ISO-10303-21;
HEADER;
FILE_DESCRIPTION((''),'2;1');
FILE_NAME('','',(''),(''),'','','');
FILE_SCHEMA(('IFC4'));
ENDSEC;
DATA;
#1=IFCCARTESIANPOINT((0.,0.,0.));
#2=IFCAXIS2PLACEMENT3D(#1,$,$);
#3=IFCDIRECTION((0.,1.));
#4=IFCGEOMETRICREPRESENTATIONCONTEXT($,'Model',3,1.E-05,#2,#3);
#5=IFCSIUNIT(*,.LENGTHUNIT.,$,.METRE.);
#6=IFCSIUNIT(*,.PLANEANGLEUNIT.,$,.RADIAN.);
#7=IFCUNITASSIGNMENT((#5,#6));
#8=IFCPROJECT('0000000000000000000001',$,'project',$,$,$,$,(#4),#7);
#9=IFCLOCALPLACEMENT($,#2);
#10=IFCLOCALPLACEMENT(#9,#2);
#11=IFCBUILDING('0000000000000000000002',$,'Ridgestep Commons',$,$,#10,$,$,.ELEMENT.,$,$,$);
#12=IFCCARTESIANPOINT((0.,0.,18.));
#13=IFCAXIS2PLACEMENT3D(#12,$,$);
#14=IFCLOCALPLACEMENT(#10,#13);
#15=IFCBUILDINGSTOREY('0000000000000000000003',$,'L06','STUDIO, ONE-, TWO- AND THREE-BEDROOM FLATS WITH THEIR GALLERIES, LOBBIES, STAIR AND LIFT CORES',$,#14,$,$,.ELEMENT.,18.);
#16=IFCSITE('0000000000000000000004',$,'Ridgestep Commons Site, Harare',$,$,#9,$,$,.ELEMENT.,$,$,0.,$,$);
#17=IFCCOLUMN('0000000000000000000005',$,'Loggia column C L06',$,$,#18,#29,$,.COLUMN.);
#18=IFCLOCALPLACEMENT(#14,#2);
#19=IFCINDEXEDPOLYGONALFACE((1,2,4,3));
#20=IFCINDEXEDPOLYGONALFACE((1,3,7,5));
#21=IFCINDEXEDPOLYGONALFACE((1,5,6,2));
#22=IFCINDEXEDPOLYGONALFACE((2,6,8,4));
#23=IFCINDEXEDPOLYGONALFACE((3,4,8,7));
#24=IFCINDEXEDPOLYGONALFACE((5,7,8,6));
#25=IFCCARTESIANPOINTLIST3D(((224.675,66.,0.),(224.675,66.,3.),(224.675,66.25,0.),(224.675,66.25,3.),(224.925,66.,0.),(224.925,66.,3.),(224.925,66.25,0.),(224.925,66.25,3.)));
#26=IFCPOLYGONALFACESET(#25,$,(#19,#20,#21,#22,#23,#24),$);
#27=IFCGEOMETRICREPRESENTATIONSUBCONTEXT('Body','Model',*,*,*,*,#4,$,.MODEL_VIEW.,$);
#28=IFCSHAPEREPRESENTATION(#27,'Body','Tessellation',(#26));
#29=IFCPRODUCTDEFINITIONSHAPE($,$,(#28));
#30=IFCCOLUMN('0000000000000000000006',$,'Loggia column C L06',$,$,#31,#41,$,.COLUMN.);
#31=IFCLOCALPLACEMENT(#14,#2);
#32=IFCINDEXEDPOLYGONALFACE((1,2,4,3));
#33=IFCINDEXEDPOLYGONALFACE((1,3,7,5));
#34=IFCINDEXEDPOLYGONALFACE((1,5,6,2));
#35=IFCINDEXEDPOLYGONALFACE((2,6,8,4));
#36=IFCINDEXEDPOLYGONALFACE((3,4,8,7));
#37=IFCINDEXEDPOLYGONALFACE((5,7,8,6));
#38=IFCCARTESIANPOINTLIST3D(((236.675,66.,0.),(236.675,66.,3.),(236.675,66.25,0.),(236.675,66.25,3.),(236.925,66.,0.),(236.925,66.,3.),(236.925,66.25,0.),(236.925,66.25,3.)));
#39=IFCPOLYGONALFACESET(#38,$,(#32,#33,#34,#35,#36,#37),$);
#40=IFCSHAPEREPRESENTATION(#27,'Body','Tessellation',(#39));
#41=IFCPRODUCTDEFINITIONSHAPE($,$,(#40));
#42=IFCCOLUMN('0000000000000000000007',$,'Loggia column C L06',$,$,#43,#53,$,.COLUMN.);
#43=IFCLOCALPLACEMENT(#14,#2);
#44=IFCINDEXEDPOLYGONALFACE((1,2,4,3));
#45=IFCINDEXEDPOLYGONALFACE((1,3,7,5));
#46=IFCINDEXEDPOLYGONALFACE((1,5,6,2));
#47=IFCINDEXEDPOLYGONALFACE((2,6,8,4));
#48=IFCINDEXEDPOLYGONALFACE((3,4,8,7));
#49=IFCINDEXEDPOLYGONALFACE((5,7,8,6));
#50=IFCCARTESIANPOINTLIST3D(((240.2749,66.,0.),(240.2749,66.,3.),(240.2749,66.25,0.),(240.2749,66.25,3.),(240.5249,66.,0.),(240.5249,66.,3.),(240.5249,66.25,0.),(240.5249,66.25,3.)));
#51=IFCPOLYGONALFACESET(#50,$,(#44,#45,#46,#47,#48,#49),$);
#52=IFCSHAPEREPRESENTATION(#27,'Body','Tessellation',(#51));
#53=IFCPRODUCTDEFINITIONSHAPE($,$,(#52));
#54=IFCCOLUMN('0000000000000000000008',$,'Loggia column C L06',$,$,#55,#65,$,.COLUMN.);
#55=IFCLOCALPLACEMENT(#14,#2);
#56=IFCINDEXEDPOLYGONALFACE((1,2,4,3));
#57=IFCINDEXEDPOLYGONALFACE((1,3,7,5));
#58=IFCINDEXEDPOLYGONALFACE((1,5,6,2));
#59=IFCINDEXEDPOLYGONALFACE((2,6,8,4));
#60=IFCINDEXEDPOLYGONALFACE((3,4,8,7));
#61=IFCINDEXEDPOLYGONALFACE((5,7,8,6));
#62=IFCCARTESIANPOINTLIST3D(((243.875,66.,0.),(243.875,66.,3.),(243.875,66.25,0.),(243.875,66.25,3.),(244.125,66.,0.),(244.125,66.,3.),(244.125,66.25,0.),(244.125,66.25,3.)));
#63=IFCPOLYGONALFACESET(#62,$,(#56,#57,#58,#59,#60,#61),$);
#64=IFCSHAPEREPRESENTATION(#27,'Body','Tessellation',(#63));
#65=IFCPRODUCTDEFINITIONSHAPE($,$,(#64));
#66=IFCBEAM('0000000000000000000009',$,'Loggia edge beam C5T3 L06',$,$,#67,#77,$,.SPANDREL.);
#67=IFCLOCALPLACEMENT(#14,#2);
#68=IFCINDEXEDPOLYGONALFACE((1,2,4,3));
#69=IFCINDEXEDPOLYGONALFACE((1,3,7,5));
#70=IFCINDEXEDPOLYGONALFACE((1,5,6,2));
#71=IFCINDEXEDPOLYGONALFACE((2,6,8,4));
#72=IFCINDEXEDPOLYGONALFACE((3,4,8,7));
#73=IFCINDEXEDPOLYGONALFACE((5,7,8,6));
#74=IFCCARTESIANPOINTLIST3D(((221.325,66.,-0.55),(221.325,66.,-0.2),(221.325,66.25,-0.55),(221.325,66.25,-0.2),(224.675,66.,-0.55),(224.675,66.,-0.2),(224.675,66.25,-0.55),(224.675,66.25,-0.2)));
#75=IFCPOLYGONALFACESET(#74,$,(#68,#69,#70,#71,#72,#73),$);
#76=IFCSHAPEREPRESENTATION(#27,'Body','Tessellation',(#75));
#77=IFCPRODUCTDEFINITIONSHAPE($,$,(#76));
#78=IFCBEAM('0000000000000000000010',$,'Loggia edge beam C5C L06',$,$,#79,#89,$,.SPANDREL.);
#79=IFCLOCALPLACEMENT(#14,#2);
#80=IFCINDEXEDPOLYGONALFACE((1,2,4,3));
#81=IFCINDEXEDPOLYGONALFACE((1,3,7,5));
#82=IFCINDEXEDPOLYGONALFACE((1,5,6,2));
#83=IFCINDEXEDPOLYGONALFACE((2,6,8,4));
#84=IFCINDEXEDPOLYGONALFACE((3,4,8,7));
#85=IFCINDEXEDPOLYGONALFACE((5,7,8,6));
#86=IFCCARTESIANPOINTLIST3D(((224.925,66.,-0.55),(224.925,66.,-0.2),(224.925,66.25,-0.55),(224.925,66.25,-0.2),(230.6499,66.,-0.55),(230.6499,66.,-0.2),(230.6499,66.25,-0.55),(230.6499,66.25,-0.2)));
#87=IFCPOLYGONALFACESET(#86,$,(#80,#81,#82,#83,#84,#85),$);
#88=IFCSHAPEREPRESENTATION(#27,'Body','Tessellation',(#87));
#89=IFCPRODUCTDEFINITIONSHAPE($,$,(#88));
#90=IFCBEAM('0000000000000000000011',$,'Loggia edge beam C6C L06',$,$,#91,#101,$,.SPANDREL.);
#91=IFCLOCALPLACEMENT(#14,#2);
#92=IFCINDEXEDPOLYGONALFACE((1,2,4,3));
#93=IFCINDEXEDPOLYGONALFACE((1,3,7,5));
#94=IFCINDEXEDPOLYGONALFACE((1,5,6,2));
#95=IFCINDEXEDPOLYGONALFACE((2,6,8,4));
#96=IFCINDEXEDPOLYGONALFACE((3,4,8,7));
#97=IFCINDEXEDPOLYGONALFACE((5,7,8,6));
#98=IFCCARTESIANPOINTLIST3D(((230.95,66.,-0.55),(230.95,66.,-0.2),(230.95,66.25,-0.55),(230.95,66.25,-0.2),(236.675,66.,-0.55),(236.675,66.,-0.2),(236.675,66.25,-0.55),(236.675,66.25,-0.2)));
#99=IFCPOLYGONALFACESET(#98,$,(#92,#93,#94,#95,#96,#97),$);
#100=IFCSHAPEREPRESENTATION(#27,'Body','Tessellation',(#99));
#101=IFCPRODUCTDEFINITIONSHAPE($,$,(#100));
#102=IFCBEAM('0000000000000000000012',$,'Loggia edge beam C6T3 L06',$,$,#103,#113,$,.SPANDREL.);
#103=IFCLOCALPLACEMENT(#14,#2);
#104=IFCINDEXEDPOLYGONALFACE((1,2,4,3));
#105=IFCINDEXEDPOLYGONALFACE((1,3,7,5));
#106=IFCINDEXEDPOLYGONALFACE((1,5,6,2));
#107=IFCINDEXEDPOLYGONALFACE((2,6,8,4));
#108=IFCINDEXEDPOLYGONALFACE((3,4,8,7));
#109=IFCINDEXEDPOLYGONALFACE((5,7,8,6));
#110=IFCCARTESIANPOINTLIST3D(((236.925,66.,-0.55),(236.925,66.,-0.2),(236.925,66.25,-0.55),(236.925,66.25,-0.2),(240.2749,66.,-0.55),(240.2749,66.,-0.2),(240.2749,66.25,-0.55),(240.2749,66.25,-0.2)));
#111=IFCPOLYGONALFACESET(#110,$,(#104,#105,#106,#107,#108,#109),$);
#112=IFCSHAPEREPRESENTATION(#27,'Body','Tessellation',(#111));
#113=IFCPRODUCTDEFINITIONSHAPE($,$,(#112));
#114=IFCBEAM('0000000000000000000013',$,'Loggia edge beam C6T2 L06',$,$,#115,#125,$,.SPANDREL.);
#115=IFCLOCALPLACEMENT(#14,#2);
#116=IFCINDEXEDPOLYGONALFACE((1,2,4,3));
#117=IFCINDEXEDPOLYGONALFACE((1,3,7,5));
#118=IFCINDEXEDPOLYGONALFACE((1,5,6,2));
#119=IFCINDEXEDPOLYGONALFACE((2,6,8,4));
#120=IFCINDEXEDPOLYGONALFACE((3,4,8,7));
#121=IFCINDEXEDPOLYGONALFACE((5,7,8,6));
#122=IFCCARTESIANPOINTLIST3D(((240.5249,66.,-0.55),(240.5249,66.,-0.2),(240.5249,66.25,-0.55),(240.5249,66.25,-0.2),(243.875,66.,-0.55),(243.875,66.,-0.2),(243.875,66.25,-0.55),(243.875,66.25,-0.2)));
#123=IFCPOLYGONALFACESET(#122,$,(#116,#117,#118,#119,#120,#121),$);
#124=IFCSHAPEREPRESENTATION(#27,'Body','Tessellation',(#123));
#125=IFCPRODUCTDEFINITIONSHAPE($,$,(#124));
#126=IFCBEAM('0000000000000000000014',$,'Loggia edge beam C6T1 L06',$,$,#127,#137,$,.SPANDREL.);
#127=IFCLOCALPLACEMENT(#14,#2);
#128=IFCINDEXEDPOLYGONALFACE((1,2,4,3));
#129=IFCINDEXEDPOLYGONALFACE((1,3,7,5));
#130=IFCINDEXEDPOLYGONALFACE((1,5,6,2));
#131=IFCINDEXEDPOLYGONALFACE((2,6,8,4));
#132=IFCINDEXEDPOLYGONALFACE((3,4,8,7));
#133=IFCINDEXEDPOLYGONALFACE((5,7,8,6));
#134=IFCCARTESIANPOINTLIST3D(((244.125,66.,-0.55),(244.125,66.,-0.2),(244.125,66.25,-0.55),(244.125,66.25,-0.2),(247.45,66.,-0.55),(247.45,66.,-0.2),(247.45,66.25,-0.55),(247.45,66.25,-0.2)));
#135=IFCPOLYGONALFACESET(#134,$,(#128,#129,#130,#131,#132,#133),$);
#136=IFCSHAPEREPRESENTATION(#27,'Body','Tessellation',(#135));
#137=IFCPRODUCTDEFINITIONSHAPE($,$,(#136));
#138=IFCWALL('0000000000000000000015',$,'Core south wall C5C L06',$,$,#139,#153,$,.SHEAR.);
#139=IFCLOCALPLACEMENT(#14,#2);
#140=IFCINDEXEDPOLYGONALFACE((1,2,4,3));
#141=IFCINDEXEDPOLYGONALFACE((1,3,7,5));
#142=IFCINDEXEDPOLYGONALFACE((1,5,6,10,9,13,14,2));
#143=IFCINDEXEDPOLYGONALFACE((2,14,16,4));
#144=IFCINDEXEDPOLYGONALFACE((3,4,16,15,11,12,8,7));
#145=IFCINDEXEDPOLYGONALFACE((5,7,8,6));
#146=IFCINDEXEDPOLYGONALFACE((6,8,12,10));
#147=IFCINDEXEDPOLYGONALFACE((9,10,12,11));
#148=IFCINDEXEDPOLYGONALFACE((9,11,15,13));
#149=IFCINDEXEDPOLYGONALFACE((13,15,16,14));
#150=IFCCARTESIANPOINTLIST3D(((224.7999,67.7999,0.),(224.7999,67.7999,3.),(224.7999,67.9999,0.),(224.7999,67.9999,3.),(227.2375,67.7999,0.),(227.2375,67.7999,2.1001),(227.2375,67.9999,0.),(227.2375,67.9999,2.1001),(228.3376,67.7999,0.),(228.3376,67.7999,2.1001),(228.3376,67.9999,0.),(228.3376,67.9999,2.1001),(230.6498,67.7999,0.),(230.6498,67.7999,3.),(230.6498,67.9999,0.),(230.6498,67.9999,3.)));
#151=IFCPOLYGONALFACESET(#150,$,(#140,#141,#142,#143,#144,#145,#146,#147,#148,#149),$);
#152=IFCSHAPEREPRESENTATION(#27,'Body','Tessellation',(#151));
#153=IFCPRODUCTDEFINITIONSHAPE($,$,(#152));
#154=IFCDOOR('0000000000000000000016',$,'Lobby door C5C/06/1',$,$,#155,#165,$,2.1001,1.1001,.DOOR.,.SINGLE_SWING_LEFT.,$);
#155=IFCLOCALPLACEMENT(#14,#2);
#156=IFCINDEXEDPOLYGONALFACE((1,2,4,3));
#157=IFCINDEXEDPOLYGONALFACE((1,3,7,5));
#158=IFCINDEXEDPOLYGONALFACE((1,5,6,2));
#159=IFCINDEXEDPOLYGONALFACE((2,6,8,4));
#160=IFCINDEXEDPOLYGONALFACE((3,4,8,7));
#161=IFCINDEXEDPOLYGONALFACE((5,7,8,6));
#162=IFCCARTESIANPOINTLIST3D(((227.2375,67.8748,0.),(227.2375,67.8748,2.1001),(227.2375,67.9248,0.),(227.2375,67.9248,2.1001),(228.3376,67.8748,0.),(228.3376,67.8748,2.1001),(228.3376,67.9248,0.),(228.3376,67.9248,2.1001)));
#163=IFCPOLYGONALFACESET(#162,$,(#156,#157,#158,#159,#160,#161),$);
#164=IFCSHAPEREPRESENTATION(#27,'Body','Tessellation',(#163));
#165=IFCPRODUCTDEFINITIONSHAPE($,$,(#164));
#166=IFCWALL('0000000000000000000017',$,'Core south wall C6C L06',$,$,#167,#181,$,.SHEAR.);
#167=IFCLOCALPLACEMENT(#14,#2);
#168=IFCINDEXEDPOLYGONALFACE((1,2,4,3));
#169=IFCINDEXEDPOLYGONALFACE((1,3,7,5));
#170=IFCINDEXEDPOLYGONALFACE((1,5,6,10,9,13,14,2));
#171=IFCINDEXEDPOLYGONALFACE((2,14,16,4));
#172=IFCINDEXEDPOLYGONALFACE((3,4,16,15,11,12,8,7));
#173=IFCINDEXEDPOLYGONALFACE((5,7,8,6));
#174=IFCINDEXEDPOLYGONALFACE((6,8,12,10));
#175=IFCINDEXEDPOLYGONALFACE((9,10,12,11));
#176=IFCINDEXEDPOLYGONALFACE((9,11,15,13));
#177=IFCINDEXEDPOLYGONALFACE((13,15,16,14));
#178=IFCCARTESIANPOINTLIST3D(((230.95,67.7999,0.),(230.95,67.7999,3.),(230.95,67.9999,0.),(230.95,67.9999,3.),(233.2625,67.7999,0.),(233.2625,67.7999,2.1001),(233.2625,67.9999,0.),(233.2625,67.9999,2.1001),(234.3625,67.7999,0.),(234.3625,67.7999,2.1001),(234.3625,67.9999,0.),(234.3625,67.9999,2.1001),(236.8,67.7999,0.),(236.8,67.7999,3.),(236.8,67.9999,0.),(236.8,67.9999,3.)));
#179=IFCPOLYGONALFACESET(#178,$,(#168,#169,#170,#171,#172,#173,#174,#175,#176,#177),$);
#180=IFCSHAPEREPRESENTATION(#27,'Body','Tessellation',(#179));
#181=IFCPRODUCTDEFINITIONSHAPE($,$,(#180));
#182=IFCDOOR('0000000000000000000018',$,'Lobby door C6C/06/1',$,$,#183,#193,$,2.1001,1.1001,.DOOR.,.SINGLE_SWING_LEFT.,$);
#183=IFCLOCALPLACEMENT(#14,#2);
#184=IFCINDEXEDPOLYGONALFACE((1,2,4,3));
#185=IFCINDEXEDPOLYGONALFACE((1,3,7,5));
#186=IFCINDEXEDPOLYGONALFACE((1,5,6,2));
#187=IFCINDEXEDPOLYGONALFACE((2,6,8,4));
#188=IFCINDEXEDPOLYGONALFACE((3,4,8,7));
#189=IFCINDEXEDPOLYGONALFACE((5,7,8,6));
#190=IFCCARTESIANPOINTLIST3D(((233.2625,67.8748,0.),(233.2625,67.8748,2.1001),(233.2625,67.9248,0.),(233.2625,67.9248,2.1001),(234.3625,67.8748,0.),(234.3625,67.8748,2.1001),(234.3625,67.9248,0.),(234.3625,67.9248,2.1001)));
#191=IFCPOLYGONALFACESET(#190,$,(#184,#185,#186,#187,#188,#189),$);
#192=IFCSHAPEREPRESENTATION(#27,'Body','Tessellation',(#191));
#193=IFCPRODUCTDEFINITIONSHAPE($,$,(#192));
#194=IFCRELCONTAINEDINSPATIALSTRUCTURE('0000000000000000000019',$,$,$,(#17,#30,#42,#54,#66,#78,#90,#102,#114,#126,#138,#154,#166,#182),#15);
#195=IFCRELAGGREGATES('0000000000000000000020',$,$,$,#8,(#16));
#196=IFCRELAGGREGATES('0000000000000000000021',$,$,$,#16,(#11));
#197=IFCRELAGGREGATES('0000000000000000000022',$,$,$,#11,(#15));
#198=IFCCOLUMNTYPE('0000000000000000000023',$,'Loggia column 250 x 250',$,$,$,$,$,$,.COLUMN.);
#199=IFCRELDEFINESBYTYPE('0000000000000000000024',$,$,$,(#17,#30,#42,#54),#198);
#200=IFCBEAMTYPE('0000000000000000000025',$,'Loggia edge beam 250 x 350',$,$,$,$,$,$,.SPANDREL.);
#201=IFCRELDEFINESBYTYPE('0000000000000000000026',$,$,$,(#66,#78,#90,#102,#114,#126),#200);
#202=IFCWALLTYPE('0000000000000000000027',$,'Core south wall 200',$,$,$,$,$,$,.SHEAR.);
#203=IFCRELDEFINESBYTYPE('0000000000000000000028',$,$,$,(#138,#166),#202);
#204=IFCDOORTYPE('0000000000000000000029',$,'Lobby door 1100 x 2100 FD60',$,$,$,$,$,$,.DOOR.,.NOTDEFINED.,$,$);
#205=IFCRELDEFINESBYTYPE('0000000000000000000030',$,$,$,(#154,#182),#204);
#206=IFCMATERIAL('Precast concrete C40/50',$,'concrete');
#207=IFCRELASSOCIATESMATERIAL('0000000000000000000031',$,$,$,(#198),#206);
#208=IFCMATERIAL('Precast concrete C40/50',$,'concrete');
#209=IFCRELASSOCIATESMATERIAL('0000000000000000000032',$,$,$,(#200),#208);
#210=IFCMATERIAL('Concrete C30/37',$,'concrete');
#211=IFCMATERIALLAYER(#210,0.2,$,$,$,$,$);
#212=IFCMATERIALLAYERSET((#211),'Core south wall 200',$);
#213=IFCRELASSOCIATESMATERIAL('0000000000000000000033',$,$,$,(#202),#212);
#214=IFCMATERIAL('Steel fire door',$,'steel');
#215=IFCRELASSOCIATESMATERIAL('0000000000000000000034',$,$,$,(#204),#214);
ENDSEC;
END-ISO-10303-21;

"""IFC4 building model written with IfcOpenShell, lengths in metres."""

from ifc_helpers import new_model, si_unit, direction, frame, frame_2d, origin, origin_2d, place, context, subcontext, project, spatial, rectangle, extrude, material, layer, layer_set, material_profile, profile_set, type_object, element, fill, save


model = new_model("IFC4")

# Units and contexts
model_context = context("Model", 3, precision=1e-05, world=origin(), true_north=direction((0.0, 1.0)))
body_context = subcontext(model_context, "Body", "Model", "MODEL_VIEW")
ifc_project = project(units=[si_unit("LENGTHUNIT", "METRE"), si_unit("PLANEANGLEUNIT", "RADIAN")], contexts=[model_context])

# Site, building, storey
site_placement = place(None, origin())
site = spatial("IfcSite", under=ifc_project, at=site_placement, Name="Ridgestep Commons Site, Harare", CompositionType="ELEMENT", RefElevation=0.0)
building_placement = place(site_placement, origin())
building = spatial("IfcBuilding", under=site, at=building_placement, Name="Ridgestep Commons", CompositionType="ELEMENT")
storey_placement = place(building_placement, frame((0.0, 0.0, 18.0)))
storey = spatial("IfcBuildingStorey", under=building, at=storey_placement, Name="L06", Description="STUDIO, ONE-, TWO- AND THREE-BEDROOM FLATS WITH THEIR GALLERIES, LOBBIES, STAIR AND LIFT CORES", CompositionType="ELEMENT", Elevation=18.0)

# Columns
ifc_material_1 = material(Name="Precast concrete C40/50", Category="concrete")
ifc_material_profile_1 = material_profile(ifc_material_1, rectangle(XDim=0.25, YDim=0.25, at=origin_2d()), Name="PC 250x250")
ifc_profile_set_1 = profile_set([ifc_material_profile_1], Name="Precast concrete C40/50")
column_type = type_object("IfcColumnType", Name="Loggia column 250 x 250", PredefinedType="COLUMN", material=ifc_profile_set_1)
for number, where, z_axis, x_axis, name in (
    (1, (224.8, 66.125, 0.0), (0.0, 0.0, 1.0), (1.0, 0.0, 0.0), "Loggia column C L06"),
    (2, (236.8, 66.125, 0.0), (0.0, 0.0, 1.0), (1.0, 0.0, 0.0), "Loggia column C L06"),
    (3, (240.3999, 66.125, 0.0), (0.0, 0.0, 1.0), (1.0, 0.0, 0.0), "Loggia column C L06"),
    (4, (244.0, 66.125, 0.0), (0.0, 0.0, 1.0), (1.0, 0.0, 0.0), "Loggia column C L06"),
):
    element("IfcColumn", number, at=place(storey_placement, frame(where, z_axis=z_axis, x_axis=x_axis)), inside=storey, type_object=column_type, Name=name, PredefinedType="COLUMN", context=body_context, shape_type="SweptSolid", body=[
        extrude(rectangle(XDim=0.25, YDim=0.25, at=origin_2d()), origin(), (0.0, 0.0, 1.0), 3.0),
    ])

# Beams
ifc_material_2 = material(Name="Precast concrete C40/50", Category="concrete")
ifc_material_profile_2 = material_profile(ifc_material_2, rectangle(XDim=0.25, YDim=0.3501, at=origin_2d()), Name="PC 250x350")
ifc_profile_set_2 = profile_set([ifc_material_profile_2], Name="Precast concrete C40/50")
beam_type = type_object("IfcBeamType", Name="Loggia edge beam 250 x 350", PredefinedType="SPANDREL", material=ifc_profile_set_2)
beam_1_placement = place(storey_placement, frame((221.325, 66.125, -0.375), z_axis=(1.0, 0.0, 0.0), x_axis=(0.0, 1.0, 0.0)))
element("IfcBeam", 5, at=beam_1_placement, inside=storey, type_object=beam_type, Name="Loggia edge beam C5T3 L06", PredefinedType="SPANDREL", context=body_context, shape_type="SweptSolid", body=[
    extrude(rectangle(XDim=0.25, YDim=0.3501, at=origin_2d()), origin(), (0.0, 0.0, 1.0), 3.3501),
])
beam_2_placement = place(storey_placement, frame((224.925, 66.125, -0.375), z_axis=(1.0, 0.0, 0.0), x_axis=(0.0, 1.0, 0.0)))
element("IfcBeam", 6, at=beam_2_placement, inside=storey, type_object=beam_type, Name="Loggia edge beam C5C L06", PredefinedType="SPANDREL", context=body_context, shape_type="SweptSolid", body=[
    extrude(rectangle(XDim=0.25, YDim=0.3501, at=origin_2d()), origin(), (0.0, 0.0, 1.0), 5.7249),
])
beam_3_placement = place(storey_placement, frame((230.95, 66.125, -0.375), z_axis=(1.0, 0.0, 0.0), x_axis=(0.0, 1.0, 0.0)))
element("IfcBeam", 7, at=beam_3_placement, inside=storey, type_object=beam_type, Name="Loggia edge beam C6C L06", PredefinedType="SPANDREL", context=body_context, shape_type="SweptSolid", body=[
    extrude(rectangle(XDim=0.25, YDim=0.3501, at=origin_2d()), origin(), (0.0, 0.0, 1.0), 5.7251),
])
beam_4_placement = place(storey_placement, frame((236.925, 66.125, -0.375), z_axis=(1.0, 0.0, 0.0), x_axis=(0.0, 1.0, 0.0)))
element("IfcBeam", 8, at=beam_4_placement, inside=storey, type_object=beam_type, Name="Loggia edge beam C6T3 L06", PredefinedType="SPANDREL", context=body_context, shape_type="SweptSolid", body=[
    extrude(rectangle(XDim=0.25, YDim=0.3501, at=origin_2d()), origin(), (0.0, 0.0, 1.0), 3.3499),
])
beam_5_placement = place(storey_placement, frame((240.5249, 66.125, -0.375), z_axis=(1.0, 0.0, 0.0), x_axis=(0.0, 1.0, 0.0)))
element("IfcBeam", 9, at=beam_5_placement, inside=storey, type_object=beam_type, Name="Loggia edge beam C6T2 L06", PredefinedType="SPANDREL", context=body_context, shape_type="SweptSolid", body=[
    extrude(rectangle(XDim=0.25, YDim=0.3501, at=origin_2d()), origin(), (0.0, 0.0, 1.0), 3.3501),
])
beam_6_placement = place(storey_placement, frame((244.125, 66.125, -0.375), z_axis=(1.0, 0.0, 0.0), x_axis=(0.0, 1.0, 0.0)))
element("IfcBeam", 10, at=beam_6_placement, inside=storey, type_object=beam_type, Name="Loggia edge beam C6T1 L06", PredefinedType="SPANDREL", context=body_context, shape_type="SweptSolid", body=[
    extrude(rectangle(XDim=0.25, YDim=0.3501, at=origin_2d()), origin(), (0.0, 0.0, 1.0), 3.325),
])

# Walls, openings, doors
ifc_material_3 = material(Name="Concrete C30/37", Category="concrete")
ifc_layer_1 = layer(ifc_material_3, 0.2)
ifc_layer_set_1 = layer_set([ifc_layer_1], Name="Core south wall 200")
wall_type_1 = type_object("IfcWallType", Name="Core south wall 200", PredefinedType="SHEAR", material=ifc_layer_set_1)
wall_1_placement = place(storey_placement, frame((224.8, 67.8999, 0.0), z_axis=(0.0, 0.0, 1.0), x_axis=(1.0, 0.0, 0.0)))
wall_1 = element("IfcWall", 11, at=wall_1_placement, inside=storey, type_object=wall_type_1, Name="Core south wall C5C L06", PredefinedType="SHEAR", context=body_context, shape_type="SweptSolid", body=[
    extrude(rectangle(XDim=5.8499, YDim=0.2, at=frame_2d((2.9248, 0.0))), origin(), (0.0, 0.0, 1.0), 3.0),
])
opening_1_placement = place(wall_1_placement, frame((2.4375, 0.0, 0.0)))
opening_1 = element("IfcOpeningElement", 12, at=opening_1_placement, cuts=wall_1, PredefinedType="OPENING", context=body_context, shape_type="SweptSolid", body=[
    extrude(rectangle(XDim=1.1001, YDim=2.1001, at=frame_2d((0.55, 1.05))), frame((0.0, 0.1099, 0.0), z_axis=(0.0, -1.0, 0.0), x_axis=(1.0, 0.0, 0.0)), (0.0, 0.0, 1.0), 0.22),
])
ifc_material_4 = material(Name="Steel fire door", Category="steel")
door_type_1 = type_object("IfcDoorType", Name="Lobby door 1100 x 2100 FD60", OperationType="NOTDEFINED", PredefinedType="DOOR", material=ifc_material_4)
door_1_placement = place(opening_1_placement, origin())
door_1 = element("IfcDoor", 13, at=door_1_placement, inside=storey, type_object=door_type_1, Name="Lobby door C5C/06/1", OperationType="SINGLE_SWING_LEFT", OverallHeight=2.1001, OverallWidth=1.1001, PredefinedType="DOOR", context=body_context, shape_type="SweptSolid", body=[
    extrude(rectangle(XDim=1.1001, YDim=2.1001, at=frame_2d((0.55, 1.05))), frame((0.0, 0.0249, 0.0), z_axis=(0.0, -1.0, 0.0), x_axis=(1.0, 0.0, 0.0)), (0.0, 0.0, 1.0), 0.05),
])
fill(opening_1, door_1)
wall_2_placement = place(storey_placement, frame((230.95, 67.8999, 0.0), z_axis=(0.0, 0.0, 1.0), x_axis=(1.0, 0.0, 0.0)))
wall_2 = element("IfcWall", 14, at=wall_2_placement, inside=storey, type_object=wall_type_1, Name="Core south wall C6C L06", PredefinedType="SHEAR", context=body_context, shape_type="SweptSolid", body=[
    extrude(rectangle(XDim=5.8501, YDim=0.2, at=frame_2d((2.925, 0.0))), origin(), (0.0, 0.0, 1.0), 3.0),
])
opening_2_placement = place(wall_2_placement, frame((2.3125, 0.0, 0.0)))
opening_2 = element("IfcOpeningElement", 15, at=opening_2_placement, cuts=wall_2, PredefinedType="OPENING", context=body_context, shape_type="SweptSolid", body=[
    extrude(rectangle(XDim=1.1001, YDim=2.1001, at=frame_2d((0.55, 1.05))), frame((0.0, 0.1099, 0.0), z_axis=(0.0, -1.0, 0.0), x_axis=(1.0, 0.0, 0.0)), (0.0, 0.0, 1.0), 0.22),
])
door_2_placement = place(opening_2_placement, origin())
door_2 = element("IfcDoor", 16, at=door_2_placement, inside=storey, type_object=door_type_1, Name="Lobby door C6C/06/1", OperationType="SINGLE_SWING_LEFT", OverallHeight=2.1001, OverallWidth=1.1001, PredefinedType="DOOR", context=body_context, shape_type="SweptSolid", body=[
    extrude(rectangle(XDim=1.1001, YDim=2.1001, at=frame_2d((0.55, 1.05))), frame((0.0, 0.0249, 0.0), z_axis=(0.0, -1.0, 0.0), x_axis=(1.0, 0.0, 0.0)), (0.0, 0.0, 1.0), 0.05),
])
fill(opening_2, door_2)

save(model, "model.ifc")
